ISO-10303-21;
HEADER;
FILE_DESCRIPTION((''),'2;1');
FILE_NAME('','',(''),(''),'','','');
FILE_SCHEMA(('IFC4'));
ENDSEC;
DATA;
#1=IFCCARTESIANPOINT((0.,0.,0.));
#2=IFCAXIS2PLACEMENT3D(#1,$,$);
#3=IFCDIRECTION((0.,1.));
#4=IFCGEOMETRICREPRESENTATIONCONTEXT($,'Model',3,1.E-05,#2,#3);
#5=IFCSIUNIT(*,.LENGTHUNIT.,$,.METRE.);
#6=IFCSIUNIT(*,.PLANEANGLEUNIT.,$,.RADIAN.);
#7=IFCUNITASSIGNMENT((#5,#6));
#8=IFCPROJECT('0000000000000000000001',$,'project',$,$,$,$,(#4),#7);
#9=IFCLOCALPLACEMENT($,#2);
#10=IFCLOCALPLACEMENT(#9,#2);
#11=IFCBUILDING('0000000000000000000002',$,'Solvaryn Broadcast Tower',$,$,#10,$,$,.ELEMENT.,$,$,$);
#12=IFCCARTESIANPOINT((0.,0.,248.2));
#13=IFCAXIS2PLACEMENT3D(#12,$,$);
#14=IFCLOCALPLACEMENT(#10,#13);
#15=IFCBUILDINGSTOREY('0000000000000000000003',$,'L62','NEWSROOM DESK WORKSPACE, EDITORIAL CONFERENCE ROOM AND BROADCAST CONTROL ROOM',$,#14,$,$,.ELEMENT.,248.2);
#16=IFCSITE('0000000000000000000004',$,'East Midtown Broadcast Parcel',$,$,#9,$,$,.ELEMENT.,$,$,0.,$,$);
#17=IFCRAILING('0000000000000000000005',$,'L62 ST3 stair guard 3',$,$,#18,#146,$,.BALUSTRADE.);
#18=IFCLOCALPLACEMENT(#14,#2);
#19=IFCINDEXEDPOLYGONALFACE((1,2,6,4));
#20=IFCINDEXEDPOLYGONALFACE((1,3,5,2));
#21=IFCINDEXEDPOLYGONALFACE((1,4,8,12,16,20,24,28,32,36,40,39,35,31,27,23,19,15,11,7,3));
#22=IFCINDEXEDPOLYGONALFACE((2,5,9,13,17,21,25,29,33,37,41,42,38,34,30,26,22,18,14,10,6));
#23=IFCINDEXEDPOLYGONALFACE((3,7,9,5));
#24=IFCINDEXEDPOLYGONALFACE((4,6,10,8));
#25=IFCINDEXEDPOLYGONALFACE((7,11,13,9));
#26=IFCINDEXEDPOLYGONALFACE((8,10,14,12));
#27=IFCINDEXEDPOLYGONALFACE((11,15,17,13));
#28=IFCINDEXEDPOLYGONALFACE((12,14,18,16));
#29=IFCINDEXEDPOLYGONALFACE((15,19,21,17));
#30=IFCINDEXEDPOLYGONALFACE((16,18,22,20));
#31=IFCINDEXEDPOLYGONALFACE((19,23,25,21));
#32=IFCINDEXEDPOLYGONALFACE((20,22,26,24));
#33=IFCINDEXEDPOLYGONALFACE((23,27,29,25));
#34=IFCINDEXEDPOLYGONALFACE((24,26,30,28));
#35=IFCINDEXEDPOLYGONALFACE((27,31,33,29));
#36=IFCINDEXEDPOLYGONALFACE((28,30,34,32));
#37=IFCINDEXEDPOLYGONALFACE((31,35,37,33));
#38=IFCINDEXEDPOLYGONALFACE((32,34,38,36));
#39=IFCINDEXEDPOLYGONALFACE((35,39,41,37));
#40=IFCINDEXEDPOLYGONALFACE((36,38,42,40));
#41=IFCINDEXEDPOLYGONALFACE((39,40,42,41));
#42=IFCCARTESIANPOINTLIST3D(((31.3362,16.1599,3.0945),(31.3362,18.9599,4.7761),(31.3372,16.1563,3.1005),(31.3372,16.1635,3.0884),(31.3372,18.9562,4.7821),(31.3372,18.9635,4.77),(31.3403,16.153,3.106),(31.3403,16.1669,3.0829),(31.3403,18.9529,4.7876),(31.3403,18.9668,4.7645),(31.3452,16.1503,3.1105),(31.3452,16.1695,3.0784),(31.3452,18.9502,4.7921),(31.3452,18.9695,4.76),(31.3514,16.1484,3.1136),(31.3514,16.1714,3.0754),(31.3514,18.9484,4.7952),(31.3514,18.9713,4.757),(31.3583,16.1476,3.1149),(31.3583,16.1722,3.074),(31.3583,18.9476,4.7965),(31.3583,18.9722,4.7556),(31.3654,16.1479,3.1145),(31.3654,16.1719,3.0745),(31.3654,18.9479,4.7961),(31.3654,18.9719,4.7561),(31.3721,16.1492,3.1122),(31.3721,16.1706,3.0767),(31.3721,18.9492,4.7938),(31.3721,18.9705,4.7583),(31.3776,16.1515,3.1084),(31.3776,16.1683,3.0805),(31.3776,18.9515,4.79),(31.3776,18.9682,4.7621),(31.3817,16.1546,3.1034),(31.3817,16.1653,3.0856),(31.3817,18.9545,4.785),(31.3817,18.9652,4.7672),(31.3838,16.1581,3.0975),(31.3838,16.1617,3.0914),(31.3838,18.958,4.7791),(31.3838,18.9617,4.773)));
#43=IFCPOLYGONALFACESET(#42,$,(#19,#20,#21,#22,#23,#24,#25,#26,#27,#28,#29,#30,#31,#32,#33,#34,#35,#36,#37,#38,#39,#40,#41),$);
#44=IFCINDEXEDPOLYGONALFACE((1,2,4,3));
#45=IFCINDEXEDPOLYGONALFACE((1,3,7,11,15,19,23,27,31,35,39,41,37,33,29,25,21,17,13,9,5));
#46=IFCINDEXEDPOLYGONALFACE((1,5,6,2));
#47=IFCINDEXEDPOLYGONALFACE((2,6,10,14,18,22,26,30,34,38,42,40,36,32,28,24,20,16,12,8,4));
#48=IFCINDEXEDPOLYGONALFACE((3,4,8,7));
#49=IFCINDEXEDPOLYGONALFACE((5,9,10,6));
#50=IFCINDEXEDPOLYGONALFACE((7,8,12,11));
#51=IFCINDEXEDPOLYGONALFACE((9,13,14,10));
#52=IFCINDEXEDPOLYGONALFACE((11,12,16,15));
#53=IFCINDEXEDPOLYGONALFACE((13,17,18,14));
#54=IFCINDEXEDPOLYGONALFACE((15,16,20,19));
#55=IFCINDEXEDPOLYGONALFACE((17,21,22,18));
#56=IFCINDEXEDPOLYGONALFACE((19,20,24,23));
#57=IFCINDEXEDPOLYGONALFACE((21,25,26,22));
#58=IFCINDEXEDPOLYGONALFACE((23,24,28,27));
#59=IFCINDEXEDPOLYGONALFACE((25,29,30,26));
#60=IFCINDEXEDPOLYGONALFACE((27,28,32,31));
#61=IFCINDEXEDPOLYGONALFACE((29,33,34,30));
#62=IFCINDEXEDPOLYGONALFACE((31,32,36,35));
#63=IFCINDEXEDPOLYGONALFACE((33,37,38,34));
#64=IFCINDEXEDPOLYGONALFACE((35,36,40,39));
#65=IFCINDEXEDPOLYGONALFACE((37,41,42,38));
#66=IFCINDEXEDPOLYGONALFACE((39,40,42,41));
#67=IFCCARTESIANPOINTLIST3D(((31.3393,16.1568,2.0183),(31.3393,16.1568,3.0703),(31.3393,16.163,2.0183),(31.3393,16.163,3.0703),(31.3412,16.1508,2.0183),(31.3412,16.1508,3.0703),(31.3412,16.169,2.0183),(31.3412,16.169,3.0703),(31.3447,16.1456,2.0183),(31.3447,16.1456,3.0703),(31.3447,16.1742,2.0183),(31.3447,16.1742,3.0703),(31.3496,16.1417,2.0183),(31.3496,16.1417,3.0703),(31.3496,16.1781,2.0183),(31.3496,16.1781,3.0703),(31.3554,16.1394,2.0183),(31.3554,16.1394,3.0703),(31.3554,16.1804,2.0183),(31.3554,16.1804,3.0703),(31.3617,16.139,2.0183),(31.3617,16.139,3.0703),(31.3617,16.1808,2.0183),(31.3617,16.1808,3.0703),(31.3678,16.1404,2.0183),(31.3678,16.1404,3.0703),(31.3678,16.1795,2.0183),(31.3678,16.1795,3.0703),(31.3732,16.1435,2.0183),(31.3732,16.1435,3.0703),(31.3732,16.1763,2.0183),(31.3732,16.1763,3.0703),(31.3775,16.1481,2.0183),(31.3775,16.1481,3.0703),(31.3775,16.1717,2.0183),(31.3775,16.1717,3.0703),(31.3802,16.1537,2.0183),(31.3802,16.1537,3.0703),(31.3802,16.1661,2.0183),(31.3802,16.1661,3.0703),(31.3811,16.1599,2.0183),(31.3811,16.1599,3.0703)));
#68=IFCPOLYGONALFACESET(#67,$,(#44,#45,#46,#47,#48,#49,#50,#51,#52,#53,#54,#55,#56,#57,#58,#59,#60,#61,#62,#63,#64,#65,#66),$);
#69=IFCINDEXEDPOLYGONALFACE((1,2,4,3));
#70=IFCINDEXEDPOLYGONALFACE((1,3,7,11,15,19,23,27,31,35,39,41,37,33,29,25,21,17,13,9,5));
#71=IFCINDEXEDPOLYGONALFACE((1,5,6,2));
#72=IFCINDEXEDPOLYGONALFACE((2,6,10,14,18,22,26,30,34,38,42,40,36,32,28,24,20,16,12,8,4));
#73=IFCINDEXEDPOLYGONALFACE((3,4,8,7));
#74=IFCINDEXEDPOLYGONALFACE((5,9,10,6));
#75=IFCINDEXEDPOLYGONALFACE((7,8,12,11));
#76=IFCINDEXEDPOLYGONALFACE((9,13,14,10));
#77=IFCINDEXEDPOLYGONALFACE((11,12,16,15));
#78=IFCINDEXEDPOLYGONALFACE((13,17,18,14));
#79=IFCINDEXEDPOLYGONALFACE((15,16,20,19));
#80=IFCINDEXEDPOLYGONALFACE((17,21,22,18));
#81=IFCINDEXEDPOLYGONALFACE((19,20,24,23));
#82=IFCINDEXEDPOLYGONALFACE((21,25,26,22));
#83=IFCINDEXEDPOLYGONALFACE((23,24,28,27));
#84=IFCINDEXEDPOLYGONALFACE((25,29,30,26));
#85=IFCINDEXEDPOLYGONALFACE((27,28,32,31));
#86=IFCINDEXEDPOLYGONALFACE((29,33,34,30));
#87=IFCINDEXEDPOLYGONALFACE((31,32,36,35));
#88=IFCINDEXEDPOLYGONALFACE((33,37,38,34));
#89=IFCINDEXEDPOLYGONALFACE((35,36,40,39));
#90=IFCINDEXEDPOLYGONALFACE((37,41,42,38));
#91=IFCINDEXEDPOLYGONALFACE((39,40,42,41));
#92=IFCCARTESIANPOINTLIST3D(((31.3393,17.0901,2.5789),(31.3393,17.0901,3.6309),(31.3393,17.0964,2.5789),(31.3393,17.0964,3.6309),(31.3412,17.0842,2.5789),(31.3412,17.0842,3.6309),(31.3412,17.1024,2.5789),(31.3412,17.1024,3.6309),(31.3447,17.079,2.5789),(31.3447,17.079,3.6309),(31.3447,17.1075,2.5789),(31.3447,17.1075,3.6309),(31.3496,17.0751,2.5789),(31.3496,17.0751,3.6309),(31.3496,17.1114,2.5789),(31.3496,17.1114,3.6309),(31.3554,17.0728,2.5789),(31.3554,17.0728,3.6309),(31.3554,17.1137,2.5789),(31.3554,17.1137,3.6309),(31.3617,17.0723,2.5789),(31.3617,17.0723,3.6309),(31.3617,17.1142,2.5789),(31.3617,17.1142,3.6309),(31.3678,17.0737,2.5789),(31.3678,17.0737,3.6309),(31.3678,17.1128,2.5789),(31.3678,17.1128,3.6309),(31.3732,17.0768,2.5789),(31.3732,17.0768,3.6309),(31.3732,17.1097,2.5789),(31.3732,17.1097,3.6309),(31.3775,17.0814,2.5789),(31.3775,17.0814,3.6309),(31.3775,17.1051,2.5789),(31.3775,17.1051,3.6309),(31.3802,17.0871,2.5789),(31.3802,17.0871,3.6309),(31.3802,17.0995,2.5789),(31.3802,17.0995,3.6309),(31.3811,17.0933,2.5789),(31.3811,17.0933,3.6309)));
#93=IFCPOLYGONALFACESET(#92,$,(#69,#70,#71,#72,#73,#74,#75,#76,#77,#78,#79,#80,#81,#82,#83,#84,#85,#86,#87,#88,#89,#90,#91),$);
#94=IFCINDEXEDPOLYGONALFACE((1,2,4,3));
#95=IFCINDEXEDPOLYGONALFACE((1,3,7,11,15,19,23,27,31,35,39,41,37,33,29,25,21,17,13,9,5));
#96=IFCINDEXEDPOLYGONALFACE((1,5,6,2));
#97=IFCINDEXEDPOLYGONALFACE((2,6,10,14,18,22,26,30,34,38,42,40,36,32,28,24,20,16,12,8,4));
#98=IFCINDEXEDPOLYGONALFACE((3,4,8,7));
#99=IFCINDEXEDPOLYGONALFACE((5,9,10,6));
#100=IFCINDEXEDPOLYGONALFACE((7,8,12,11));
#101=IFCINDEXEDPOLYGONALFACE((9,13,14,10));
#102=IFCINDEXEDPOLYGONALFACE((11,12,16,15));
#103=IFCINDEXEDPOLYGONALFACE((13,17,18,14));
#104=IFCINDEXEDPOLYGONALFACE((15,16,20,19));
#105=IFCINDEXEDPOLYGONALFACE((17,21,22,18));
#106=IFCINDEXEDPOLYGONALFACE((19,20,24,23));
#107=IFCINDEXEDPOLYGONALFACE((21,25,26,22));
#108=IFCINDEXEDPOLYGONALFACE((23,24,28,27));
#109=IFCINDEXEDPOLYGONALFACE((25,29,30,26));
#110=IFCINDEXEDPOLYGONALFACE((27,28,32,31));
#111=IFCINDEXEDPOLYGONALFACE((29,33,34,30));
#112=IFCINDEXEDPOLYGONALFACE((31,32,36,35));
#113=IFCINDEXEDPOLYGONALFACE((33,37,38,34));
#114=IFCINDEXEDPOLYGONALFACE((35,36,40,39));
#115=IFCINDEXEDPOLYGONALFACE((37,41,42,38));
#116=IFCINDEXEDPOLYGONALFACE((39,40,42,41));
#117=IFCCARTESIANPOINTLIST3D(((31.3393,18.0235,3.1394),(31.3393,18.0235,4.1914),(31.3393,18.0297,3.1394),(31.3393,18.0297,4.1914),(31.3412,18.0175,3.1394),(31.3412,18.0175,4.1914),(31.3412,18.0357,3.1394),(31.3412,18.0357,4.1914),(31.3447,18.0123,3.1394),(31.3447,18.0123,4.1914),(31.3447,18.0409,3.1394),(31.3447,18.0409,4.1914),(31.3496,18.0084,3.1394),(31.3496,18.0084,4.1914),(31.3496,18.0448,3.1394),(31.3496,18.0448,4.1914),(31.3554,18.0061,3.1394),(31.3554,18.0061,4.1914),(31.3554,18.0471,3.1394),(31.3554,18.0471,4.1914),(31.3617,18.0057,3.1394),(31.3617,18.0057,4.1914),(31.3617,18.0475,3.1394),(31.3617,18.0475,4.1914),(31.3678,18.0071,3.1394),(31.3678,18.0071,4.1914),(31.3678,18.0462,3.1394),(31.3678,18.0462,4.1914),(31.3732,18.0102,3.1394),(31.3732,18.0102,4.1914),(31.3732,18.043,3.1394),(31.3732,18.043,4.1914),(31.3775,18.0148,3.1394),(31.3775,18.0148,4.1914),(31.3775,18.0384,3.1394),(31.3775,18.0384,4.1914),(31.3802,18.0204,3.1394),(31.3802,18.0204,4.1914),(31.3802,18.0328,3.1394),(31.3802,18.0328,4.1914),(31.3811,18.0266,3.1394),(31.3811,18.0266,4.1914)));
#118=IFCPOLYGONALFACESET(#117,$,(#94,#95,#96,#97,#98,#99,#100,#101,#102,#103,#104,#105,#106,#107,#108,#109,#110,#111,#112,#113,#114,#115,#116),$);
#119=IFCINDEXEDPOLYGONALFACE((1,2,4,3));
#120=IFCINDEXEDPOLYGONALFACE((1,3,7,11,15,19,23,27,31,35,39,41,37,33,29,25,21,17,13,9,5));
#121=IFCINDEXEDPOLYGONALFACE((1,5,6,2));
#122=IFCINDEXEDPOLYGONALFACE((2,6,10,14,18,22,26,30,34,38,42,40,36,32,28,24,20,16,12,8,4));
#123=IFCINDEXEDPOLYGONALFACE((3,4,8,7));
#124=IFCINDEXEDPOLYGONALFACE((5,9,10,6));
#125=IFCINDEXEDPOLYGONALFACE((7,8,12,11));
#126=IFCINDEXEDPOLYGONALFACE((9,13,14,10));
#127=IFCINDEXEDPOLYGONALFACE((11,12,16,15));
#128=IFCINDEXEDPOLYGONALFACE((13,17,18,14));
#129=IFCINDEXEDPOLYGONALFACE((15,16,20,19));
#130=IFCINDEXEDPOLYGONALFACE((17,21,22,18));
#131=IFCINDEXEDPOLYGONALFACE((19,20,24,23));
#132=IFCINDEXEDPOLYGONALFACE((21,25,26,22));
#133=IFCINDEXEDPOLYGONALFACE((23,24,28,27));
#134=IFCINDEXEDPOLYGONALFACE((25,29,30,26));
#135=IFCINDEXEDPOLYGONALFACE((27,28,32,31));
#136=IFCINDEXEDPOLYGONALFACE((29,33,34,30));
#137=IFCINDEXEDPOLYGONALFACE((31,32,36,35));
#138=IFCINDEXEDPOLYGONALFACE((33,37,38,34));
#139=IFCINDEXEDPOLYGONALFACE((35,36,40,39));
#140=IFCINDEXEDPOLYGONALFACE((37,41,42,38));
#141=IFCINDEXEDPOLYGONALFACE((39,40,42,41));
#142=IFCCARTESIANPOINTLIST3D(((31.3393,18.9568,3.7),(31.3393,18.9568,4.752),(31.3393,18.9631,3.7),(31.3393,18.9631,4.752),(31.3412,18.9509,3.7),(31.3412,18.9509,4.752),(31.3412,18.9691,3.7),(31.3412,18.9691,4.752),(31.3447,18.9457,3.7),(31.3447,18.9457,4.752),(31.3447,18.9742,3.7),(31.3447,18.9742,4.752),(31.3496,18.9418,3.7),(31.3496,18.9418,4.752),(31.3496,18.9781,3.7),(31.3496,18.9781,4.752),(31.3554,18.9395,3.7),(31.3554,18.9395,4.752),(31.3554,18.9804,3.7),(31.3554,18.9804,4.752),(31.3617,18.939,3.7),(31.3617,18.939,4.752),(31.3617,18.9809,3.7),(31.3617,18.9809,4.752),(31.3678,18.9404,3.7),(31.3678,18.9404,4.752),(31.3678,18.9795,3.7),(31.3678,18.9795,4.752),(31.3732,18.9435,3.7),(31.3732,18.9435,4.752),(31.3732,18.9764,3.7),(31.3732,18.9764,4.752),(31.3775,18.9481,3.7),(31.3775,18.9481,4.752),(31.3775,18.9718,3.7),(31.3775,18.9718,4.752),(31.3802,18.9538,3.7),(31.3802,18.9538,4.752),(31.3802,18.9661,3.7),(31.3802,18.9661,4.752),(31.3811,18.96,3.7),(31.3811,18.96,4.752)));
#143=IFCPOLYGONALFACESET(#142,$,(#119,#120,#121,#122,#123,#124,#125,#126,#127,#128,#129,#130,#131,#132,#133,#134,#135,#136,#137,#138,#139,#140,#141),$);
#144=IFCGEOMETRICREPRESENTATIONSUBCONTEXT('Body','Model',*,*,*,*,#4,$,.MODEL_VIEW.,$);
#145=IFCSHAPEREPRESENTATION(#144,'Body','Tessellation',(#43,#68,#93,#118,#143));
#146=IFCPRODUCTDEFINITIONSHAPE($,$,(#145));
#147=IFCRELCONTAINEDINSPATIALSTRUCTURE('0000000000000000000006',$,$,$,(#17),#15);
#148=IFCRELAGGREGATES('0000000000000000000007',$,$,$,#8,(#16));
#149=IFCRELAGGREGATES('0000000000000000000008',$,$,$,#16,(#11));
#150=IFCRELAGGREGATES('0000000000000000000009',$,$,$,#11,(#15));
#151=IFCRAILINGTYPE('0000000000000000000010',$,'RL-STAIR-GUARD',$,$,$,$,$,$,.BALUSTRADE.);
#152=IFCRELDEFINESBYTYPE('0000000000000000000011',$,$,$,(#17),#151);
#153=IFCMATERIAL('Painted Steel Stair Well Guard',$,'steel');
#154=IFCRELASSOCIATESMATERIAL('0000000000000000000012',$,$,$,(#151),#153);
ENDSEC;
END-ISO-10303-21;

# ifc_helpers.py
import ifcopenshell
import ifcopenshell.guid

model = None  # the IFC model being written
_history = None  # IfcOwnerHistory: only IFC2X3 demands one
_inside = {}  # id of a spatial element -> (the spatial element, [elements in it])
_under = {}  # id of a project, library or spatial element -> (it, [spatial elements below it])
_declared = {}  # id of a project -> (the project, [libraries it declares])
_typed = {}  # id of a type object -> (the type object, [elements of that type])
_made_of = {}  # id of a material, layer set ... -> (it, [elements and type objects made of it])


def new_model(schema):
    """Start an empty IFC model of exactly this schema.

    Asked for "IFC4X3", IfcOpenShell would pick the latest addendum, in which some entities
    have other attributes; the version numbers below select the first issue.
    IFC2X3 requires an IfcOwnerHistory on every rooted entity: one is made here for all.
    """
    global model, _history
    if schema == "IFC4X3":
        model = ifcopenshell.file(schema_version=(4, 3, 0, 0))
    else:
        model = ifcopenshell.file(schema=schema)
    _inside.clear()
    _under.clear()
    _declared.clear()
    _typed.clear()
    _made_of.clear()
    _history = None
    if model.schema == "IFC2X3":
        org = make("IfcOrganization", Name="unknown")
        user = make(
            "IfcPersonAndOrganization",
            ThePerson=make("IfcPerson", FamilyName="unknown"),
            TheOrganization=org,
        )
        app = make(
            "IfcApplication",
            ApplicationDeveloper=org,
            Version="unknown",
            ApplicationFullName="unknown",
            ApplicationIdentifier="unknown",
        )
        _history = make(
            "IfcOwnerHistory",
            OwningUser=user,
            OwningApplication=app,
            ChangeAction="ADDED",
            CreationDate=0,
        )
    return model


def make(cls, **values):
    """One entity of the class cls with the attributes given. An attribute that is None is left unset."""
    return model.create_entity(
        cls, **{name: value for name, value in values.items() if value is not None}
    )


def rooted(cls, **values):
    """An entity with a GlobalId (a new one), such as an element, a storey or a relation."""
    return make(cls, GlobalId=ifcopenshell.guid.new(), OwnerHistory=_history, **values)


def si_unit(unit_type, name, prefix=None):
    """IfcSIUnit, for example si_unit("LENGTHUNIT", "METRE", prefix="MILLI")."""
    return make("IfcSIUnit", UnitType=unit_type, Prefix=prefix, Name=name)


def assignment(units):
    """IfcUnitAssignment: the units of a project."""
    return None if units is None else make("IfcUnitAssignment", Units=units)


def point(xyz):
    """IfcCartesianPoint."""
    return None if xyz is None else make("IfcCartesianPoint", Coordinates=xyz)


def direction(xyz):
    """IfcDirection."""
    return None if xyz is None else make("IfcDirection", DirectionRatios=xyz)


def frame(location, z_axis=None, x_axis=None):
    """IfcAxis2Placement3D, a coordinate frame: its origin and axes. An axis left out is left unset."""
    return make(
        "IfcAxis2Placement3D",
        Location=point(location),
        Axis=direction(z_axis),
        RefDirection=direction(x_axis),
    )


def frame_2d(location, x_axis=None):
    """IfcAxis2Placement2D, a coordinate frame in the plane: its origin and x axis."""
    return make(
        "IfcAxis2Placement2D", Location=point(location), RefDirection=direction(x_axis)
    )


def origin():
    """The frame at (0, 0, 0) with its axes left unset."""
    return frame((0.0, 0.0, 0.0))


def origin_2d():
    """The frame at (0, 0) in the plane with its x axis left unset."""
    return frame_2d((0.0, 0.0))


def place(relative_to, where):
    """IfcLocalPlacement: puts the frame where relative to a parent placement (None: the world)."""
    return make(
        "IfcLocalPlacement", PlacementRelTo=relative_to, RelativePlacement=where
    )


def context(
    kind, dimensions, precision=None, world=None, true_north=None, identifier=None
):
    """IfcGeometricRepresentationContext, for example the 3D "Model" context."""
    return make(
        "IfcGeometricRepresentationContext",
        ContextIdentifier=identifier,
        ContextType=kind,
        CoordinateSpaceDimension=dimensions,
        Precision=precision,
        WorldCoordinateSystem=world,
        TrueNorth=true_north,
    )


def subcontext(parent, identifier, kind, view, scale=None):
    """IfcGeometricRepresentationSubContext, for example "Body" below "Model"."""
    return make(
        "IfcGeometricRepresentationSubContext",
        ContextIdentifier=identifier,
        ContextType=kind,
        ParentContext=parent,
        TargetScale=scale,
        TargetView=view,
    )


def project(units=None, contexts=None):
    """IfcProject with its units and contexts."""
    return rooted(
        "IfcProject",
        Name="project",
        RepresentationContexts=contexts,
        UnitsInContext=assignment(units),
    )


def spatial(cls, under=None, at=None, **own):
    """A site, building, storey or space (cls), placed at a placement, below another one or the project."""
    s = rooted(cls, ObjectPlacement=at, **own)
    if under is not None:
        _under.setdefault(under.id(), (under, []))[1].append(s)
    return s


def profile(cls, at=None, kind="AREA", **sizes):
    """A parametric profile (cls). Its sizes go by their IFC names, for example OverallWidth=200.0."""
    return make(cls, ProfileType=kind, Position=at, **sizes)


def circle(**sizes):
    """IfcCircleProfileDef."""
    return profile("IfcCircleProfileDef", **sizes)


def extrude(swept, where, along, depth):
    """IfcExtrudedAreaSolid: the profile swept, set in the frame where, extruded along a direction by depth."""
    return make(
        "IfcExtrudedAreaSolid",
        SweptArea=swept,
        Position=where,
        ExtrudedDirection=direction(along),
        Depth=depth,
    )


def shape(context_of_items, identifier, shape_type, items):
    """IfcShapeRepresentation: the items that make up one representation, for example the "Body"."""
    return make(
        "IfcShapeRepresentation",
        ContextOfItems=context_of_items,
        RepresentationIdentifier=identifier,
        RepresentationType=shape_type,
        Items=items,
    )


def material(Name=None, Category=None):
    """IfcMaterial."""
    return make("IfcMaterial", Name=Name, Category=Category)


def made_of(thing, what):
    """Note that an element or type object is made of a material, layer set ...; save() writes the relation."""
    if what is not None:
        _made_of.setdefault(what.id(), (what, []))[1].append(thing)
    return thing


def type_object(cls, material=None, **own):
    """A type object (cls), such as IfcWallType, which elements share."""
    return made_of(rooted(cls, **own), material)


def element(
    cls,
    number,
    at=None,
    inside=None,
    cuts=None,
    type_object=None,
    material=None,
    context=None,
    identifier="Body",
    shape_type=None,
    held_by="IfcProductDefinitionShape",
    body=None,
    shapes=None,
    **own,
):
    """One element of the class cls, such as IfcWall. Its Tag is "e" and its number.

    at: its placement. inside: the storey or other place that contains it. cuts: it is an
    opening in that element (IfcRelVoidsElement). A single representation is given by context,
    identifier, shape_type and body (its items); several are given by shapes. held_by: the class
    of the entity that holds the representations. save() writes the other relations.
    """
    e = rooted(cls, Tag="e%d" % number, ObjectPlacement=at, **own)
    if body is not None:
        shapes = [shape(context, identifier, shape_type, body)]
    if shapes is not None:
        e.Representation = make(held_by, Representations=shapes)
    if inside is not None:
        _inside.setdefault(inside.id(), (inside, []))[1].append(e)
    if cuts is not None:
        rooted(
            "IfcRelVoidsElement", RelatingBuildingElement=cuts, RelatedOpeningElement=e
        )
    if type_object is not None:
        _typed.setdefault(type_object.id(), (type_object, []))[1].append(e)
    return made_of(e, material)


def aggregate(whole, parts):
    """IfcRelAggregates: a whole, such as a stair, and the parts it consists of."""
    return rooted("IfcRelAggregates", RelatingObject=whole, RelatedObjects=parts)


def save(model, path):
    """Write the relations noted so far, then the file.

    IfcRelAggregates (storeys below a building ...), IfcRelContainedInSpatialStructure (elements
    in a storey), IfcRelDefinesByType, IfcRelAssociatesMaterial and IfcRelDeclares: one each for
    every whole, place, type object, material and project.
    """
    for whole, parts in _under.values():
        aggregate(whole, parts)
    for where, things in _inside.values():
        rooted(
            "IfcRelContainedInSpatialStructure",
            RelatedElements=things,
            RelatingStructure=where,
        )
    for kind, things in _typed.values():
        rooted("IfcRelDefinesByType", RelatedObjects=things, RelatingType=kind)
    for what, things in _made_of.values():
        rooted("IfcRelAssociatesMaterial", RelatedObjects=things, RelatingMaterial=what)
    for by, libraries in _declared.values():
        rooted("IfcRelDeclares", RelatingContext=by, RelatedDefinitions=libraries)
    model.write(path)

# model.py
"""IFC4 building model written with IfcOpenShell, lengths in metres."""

from ifc_helpers import new_model, si_unit, direction, frame, origin, origin_2d, place, context, subcontext, project, spatial, circle, extrude, material, type_object, element, save


model = new_model("IFC4")

# Units and contexts
model_context = context("Model", 3, precision=1e-05, world=origin(), true_north=direction((0.0, 1.0)))
body_context = subcontext(model_context, "Body", "Model", "MODEL_VIEW")
ifc_project = project(units=[si_unit("LENGTHUNIT", "METRE"), si_unit("PLANEANGLEUNIT", "RADIAN")], contexts=[model_context])

# Site, building, storey
site_placement = place(None, origin())
site = spatial("IfcSite", under=ifc_project, at=site_placement, Name="East Midtown Broadcast Parcel", CompositionType="ELEMENT", RefElevation=0.0)
building_placement = place(site_placement, origin())
building = spatial("IfcBuilding", under=site, at=building_placement, Name="Solvaryn Broadcast Tower", CompositionType="ELEMENT")
storey_placement = place(building_placement, frame((0.0, 0.0, 248.2)))
storey = spatial("IfcBuildingStorey", under=building, at=storey_placement, Name="L62", Description="NEWSROOM DESK WORKSPACE, EDITORIAL CONFERENCE ROOM AND BROADCAST CONTROL ROOM", CompositionType="ELEMENT", Elevation=248.2)

# Railing
ifc_material_1 = material(Name="Painted Steel Stair Well Guard", Category="steel")
railing_type_1 = type_object("IfcRailingType", Name="RL-STAIR-GUARD", PredefinedType="BALUSTRADE", material=ifc_material_1)
railing_1_placement = place(storey_placement, frame((31.3601, 16.1599, 2.0183)))
element("IfcRailing", 1, at=railing_1_placement, inside=storey, type_object=railing_type_1, Name="L62 ST3 stair guard 3", PredefinedType="BALUSTRADE", context=body_context, shape_type="SweptSolid", body=[
    extrude(circle(Radius=0.0239, at=origin_2d()), frame((0.0, 0.0, 1.0762), z_axis=(0.0, 0.857275, 0.514858), x_axis=(-1.0, 0.0, 0.0)), (0.0, 0.0, 1.0), 3.2661),
    extrude(circle(Radius=0.021, at=origin_2d()), origin(), (0.0, 0.0, 1.0), 1.052),
    extrude(circle(Radius=0.021, at=origin_2d()), frame((0.0, 0.9333, 0.5605)), (0.0, 0.0, 1.0), 1.052),
    extrude(circle(Radius=0.021, at=origin_2d()), frame((0.0, 1.8667, 1.1211)), (0.0, 0.0, 1.0), 1.052),
    extrude(circle(Radius=0.021, at=origin_2d()), frame((0.0, 2.8, 1.6816)), (0.0, 0.0, 1.0), 1.052),
])

save(model, "model.ifc")
